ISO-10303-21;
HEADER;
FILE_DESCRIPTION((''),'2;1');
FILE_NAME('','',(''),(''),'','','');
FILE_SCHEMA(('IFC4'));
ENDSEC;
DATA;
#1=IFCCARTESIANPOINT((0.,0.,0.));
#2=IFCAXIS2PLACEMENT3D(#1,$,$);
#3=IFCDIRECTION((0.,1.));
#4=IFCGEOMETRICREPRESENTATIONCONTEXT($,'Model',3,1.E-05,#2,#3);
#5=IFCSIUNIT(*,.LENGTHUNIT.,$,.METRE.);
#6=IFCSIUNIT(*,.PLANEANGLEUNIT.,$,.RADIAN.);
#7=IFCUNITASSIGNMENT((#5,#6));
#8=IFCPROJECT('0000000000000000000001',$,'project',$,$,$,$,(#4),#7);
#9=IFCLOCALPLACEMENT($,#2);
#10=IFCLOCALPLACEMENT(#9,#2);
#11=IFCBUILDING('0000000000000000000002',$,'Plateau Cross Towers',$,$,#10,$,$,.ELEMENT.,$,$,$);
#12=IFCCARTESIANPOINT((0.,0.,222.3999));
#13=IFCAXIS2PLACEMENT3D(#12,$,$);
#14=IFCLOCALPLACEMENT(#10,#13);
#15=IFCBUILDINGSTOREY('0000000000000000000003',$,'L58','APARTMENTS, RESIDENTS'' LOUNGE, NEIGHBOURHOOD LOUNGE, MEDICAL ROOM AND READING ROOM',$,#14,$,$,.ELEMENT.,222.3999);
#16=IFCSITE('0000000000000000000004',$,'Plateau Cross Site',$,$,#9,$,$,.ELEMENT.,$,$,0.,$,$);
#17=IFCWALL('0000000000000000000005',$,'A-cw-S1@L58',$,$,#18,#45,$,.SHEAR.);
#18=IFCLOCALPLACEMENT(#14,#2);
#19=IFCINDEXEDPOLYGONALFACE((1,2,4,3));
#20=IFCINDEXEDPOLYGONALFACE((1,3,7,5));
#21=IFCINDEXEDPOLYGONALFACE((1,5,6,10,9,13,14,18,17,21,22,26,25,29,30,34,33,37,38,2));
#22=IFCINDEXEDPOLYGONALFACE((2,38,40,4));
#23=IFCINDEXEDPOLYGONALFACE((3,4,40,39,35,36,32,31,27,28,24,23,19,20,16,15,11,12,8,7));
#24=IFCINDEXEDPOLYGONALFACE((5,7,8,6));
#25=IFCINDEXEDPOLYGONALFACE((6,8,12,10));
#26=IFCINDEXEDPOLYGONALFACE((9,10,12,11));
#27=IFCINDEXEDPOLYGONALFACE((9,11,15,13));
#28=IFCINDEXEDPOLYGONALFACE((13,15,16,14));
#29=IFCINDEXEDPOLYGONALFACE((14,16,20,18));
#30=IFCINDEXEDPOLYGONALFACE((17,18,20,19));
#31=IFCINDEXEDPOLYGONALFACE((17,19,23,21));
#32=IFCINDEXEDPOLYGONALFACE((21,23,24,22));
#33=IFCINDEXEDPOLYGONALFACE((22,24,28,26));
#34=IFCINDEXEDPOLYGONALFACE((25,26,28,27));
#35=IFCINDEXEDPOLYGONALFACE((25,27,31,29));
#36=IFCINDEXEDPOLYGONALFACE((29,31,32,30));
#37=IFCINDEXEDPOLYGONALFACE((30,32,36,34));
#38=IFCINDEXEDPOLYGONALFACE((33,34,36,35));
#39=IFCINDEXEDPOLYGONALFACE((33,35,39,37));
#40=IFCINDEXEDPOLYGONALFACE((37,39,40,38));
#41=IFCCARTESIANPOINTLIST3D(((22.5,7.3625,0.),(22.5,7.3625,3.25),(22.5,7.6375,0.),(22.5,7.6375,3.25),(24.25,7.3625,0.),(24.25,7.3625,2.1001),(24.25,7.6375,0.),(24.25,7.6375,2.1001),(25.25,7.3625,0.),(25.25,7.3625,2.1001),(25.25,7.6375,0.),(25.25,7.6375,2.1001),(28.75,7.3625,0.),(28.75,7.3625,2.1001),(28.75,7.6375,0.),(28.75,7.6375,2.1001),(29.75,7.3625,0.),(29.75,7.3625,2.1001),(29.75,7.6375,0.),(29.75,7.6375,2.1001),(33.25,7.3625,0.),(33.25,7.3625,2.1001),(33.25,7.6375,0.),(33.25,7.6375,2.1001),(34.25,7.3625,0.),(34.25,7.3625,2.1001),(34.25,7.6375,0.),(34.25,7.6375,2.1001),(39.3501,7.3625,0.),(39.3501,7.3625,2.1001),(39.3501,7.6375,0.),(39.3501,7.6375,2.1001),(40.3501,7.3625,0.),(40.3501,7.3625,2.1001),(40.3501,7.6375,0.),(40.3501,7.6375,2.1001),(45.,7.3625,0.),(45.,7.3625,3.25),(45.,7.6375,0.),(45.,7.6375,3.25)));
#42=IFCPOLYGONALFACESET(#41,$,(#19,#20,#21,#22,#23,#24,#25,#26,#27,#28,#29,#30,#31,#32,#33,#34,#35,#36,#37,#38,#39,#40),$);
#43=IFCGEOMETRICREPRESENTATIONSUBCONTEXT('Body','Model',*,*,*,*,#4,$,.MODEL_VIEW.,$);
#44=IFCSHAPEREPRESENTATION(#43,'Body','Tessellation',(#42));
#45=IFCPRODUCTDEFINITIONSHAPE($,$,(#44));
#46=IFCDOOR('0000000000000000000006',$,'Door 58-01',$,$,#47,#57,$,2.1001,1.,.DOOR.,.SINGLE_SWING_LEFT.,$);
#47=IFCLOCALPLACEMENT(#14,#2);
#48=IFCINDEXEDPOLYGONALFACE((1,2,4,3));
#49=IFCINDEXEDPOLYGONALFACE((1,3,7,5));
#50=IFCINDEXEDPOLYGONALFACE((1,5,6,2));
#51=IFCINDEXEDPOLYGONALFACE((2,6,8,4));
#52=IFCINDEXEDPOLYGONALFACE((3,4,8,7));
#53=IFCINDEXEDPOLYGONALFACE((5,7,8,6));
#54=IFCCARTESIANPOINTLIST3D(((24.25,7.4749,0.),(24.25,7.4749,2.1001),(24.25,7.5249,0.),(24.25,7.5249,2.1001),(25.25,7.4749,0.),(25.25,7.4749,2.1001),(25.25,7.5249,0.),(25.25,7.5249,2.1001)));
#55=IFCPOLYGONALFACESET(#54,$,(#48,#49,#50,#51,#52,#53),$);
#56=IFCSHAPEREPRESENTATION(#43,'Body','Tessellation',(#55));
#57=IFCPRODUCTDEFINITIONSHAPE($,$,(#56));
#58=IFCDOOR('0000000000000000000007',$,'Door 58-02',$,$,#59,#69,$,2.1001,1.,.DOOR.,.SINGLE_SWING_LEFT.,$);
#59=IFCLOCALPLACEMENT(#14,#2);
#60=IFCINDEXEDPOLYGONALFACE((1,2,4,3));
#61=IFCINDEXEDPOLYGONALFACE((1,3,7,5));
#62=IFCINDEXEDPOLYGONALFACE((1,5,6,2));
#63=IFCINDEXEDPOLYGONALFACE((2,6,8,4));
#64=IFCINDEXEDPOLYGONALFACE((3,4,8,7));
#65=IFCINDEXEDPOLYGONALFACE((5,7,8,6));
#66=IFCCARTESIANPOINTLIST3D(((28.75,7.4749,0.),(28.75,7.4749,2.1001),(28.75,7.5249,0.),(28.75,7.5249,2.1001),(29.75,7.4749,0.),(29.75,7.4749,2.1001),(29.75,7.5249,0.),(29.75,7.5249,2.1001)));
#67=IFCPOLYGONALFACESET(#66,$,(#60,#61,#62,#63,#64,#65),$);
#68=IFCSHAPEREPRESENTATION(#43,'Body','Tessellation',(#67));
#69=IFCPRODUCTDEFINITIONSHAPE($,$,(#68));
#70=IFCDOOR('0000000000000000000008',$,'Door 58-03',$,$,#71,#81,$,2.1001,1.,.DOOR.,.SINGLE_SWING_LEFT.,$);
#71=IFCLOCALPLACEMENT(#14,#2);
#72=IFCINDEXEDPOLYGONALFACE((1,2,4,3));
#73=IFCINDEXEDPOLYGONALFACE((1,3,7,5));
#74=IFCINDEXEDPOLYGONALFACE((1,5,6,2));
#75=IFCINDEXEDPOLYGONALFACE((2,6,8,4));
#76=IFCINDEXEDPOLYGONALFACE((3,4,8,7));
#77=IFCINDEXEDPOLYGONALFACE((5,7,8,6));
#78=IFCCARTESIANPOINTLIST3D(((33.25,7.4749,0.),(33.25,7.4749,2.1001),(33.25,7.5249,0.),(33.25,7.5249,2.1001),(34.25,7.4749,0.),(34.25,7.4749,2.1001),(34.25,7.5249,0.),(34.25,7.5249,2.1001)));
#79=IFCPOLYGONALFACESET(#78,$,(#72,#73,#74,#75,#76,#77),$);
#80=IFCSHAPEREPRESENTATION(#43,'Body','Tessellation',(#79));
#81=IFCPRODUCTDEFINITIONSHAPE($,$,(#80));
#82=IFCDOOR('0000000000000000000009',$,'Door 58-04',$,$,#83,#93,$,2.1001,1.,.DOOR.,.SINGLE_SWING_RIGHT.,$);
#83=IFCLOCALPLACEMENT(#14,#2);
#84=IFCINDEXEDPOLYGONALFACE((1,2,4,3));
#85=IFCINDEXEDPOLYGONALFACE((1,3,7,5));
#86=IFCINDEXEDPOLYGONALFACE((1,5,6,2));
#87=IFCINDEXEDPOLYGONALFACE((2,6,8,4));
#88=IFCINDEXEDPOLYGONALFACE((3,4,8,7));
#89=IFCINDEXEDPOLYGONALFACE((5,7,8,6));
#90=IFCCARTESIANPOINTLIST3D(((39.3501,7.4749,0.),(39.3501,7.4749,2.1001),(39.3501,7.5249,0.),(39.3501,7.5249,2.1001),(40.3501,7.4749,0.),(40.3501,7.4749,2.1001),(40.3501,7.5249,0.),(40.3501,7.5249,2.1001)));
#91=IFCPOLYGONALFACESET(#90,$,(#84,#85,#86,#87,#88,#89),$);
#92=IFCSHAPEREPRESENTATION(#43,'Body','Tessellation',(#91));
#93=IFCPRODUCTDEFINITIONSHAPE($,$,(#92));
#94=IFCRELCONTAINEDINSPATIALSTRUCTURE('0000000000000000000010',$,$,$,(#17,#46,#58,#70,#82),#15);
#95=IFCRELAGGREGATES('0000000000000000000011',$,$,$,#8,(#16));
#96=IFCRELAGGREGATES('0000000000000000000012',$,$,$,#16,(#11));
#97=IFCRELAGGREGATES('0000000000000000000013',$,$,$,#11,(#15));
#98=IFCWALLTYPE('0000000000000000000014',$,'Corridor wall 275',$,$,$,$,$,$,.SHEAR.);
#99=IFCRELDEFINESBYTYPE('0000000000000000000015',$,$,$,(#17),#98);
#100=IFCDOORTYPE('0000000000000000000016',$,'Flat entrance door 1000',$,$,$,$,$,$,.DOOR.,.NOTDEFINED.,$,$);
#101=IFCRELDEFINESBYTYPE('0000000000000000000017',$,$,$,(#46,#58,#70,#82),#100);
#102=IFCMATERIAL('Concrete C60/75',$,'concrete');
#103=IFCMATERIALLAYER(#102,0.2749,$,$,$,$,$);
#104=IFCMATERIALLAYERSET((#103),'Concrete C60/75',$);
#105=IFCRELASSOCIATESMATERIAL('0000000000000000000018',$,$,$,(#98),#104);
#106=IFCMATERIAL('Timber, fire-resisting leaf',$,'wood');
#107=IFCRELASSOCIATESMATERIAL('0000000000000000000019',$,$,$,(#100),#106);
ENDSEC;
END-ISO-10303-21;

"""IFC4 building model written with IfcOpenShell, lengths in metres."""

from ifc_helpers import new_model, si_unit, direction, frame, frame_2d, origin, place, context, subcontext, project, spatial, rectangle, extrude, material, layer, layer_set, type_object, element, fill, save


model = new_model("IFC4")

# Units and contexts
model_context = context("Model", 3, precision=1e-05, world=origin(), true_north=direction((0.0, 1.0)))
body_context = subcontext(model_context, "Body", "Model", "MODEL_VIEW")
ifc_project = project(units=[si_unit("LENGTHUNIT", "METRE"), si_unit("PLANEANGLEUNIT", "RADIAN")], contexts=[model_context])

# Site, building, storey
site_placement = place(None, origin())
site = spatial("IfcSite", under=ifc_project, at=site_placement, Name="Plateau Cross Site", CompositionType="ELEMENT", RefElevation=0.0)
building_placement = place(site_placement, origin())
building = spatial("IfcBuilding", under=site, at=building_placement, Name="Plateau Cross Towers", CompositionType="ELEMENT")
storey_placement = place(building_placement, frame((0.0, 0.0, 222.3999)))
storey = spatial("IfcBuildingStorey", under=building, at=storey_placement, Name="L58", Description="APARTMENTS, RESIDENTS' LOUNGE, NEIGHBOURHOOD LOUNGE, MEDICAL ROOM AND READING ROOM", CompositionType="ELEMENT", Elevation=222.3999)

# Shared definitions
ifc_material_1 = material(Name="Concrete C60/75", Category="concrete")

# Wall, openings, doors
ifc_layer_1 = layer(ifc_material_1, 0.2749)
ifc_layer_set_1 = layer_set([ifc_layer_1], Name="Concrete C60/75")
wall_type_1 = type_object("IfcWallType", Name="Corridor wall 275", PredefinedType="SHEAR", material=ifc_layer_set_1)
wall_1_placement = place(storey_placement, frame((22.5, 7.5, 0.0), z_axis=(0.0, 0.0, 1.0), x_axis=(1.0, 0.0, 0.0)))
wall_1 = element("IfcWall", 1, at=wall_1_placement, inside=storey, type_object=wall_type_1, Name="A-cw-S1@L58", PredefinedType="SHEAR", context=body_context, shape_type="SweptSolid", body=[
    extrude(rectangle(XDim=22.5, YDim=0.2749, at=frame_2d((11.25, 0.0))), origin(), (0.0, 0.0, 1.0), 3.25),
])
opening_1_placement = place(wall_1_placement, frame((1.75, 0.0, 0.0)))
opening_1 = element("IfcOpeningElement", 2, at=opening_1_placement, cuts=wall_1, PredefinedType="OPENING", context=body_context, shape_type="SweptSolid", body=[
    extrude(rectangle(XDim=1.0, YDim=2.1001, at=frame_2d((0.5, 1.05))), frame((0.0, 0.1475, 0.0), z_axis=(0.0, -1.0, 0.0), x_axis=(1.0, 0.0, 0.0)), (0.0, 0.0, 1.0), 0.2949),
])
opening_2_placement = place(wall_1_placement, frame((6.25, 0.0, 0.0)))
opening_2 = element("IfcOpeningElement", 3, at=opening_2_placement, cuts=wall_1, PredefinedType="OPENING", context=body_context, shape_type="SweptSolid", body=[
    extrude(rectangle(XDim=1.0, YDim=2.1001, at=frame_2d((0.5, 1.05))), frame((0.0, 0.1475, 0.0), z_axis=(0.0, -1.0, 0.0), x_axis=(1.0, 0.0, 0.0)), (0.0, 0.0, 1.0), 0.2949),
])
opening_3_placement = place(wall_1_placement, frame((10.75, 0.0, 0.0)))
opening_3 = element("IfcOpeningElement", 4, at=opening_3_placement, cuts=wall_1, PredefinedType="OPENING", context=body_context, shape_type="SweptSolid", body=[
    extrude(rectangle(XDim=1.0, YDim=2.1001, at=frame_2d((0.5, 1.05))), frame((0.0, 0.1475, 0.0), z_axis=(0.0, -1.0, 0.0), x_axis=(1.0, 0.0, 0.0)), (0.0, 0.0, 1.0), 0.2949),
])
opening_4_placement = place(wall_1_placement, frame((16.8501, 0.0, 0.0)))
opening_4 = element("IfcOpeningElement", 5, at=opening_4_placement, cuts=wall_1, PredefinedType="OPENING", context=body_context, shape_type="SweptSolid", body=[
    extrude(rectangle(XDim=1.0, YDim=2.1001, at=frame_2d((0.5, 1.05))), frame((0.0, 0.1475, 0.0), z_axis=(0.0, -1.0, 0.0), x_axis=(1.0, 0.0, 0.0)), (0.0, 0.0, 1.0), 0.2949),
])
ifc_material_2 = material(Name="Timber, fire-resisting leaf", Category="wood")
door_type_1 = type_object("IfcDoorType", Name="Flat entrance door 1000", OperationType="NOTDEFINED", PredefinedType="DOOR", material=ifc_material_2)
door_1_placement = place(opening_1_placement, origin())
door_1 = element("IfcDoor", 6, at=door_1_placement, inside=storey, type_object=door_type_1, Name="Door 58-01", OperationType="SINGLE_SWING_LEFT", OverallHeight=2.1001, OverallWidth=1.0, PredefinedType="DOOR", context=body_context, shape_type="SweptSolid", body=[
    extrude(rectangle(XDim=1.0, YDim=2.1001, at=frame_2d((0.5, 1.05))), frame((0.0, 0.0249, 0.0), z_axis=(0.0, -1.0, 0.0), x_axis=(1.0, 0.0, 0.0)), (0.0, 0.0, 1.0), 0.05),
])
fill(opening_1, door_1)
door_2_placement = place(opening_2_placement, origin())
door_2 = element("IfcDoor", 7, at=door_2_placement, inside=storey, type_object=door_type_1, Name="Door 58-02", OperationType="SINGLE_SWING_LEFT", OverallHeight=2.1001, OverallWidth=1.0, PredefinedType="DOOR", context=body_context, shape_type="SweptSolid", body=[
    extrude(rectangle(XDim=1.0, YDim=2.1001, at=frame_2d((0.5, 1.05))), frame((0.0, 0.0249, 0.0), z_axis=(0.0, -1.0, 0.0), x_axis=(1.0, 0.0, 0.0)), (0.0, 0.0, 1.0), 0.05),
])
fill(opening_2, door_2)
door_3_placement = place(opening_3_placement, origin())
door_3 = element("IfcDoor", 8, at=door_3_placement, inside=storey, type_object=door_type_1, Name="Door 58-03", OperationType="SINGLE_SWING_LEFT", OverallHeight=2.1001, OverallWidth=1.0, PredefinedType="DOOR", context=body_context, shape_type="SweptSolid", body=[
    extrude(rectangle(XDim=1.0, YDim=2.1001, at=frame_2d((0.5, 1.05))), frame((0.0, 0.0249, 0.0), z_axis=(0.0, -1.0, 0.0), x_axis=(1.0, 0.0, 0.0)), (0.0, 0.0, 1.0), 0.05),
])
fill(opening_3, door_3)
door_4_placement = place(opening_4_placement, origin())
door_4 = element("IfcDoor", 9, at=door_4_placement, inside=storey, type_object=door_type_1, Name="Door 58-04", OperationType="SINGLE_SWING_RIGHT", OverallHeight=2.1001, OverallWidth=1.0, PredefinedType="DOOR", context=body_context, shape_type="SweptSolid", body=[
    extrude(rectangle(XDim=1.0, YDim=2.1001, at=frame_2d((0.5, 1.05))), frame((0.0, 0.0249, 0.0), z_axis=(0.0, -1.0, 0.0), x_axis=(1.0, 0.0, 0.0)), (0.0, 0.0, 1.0), 0.05),
])
fill(opening_4, door_4)

save(model, "model.ifc")
